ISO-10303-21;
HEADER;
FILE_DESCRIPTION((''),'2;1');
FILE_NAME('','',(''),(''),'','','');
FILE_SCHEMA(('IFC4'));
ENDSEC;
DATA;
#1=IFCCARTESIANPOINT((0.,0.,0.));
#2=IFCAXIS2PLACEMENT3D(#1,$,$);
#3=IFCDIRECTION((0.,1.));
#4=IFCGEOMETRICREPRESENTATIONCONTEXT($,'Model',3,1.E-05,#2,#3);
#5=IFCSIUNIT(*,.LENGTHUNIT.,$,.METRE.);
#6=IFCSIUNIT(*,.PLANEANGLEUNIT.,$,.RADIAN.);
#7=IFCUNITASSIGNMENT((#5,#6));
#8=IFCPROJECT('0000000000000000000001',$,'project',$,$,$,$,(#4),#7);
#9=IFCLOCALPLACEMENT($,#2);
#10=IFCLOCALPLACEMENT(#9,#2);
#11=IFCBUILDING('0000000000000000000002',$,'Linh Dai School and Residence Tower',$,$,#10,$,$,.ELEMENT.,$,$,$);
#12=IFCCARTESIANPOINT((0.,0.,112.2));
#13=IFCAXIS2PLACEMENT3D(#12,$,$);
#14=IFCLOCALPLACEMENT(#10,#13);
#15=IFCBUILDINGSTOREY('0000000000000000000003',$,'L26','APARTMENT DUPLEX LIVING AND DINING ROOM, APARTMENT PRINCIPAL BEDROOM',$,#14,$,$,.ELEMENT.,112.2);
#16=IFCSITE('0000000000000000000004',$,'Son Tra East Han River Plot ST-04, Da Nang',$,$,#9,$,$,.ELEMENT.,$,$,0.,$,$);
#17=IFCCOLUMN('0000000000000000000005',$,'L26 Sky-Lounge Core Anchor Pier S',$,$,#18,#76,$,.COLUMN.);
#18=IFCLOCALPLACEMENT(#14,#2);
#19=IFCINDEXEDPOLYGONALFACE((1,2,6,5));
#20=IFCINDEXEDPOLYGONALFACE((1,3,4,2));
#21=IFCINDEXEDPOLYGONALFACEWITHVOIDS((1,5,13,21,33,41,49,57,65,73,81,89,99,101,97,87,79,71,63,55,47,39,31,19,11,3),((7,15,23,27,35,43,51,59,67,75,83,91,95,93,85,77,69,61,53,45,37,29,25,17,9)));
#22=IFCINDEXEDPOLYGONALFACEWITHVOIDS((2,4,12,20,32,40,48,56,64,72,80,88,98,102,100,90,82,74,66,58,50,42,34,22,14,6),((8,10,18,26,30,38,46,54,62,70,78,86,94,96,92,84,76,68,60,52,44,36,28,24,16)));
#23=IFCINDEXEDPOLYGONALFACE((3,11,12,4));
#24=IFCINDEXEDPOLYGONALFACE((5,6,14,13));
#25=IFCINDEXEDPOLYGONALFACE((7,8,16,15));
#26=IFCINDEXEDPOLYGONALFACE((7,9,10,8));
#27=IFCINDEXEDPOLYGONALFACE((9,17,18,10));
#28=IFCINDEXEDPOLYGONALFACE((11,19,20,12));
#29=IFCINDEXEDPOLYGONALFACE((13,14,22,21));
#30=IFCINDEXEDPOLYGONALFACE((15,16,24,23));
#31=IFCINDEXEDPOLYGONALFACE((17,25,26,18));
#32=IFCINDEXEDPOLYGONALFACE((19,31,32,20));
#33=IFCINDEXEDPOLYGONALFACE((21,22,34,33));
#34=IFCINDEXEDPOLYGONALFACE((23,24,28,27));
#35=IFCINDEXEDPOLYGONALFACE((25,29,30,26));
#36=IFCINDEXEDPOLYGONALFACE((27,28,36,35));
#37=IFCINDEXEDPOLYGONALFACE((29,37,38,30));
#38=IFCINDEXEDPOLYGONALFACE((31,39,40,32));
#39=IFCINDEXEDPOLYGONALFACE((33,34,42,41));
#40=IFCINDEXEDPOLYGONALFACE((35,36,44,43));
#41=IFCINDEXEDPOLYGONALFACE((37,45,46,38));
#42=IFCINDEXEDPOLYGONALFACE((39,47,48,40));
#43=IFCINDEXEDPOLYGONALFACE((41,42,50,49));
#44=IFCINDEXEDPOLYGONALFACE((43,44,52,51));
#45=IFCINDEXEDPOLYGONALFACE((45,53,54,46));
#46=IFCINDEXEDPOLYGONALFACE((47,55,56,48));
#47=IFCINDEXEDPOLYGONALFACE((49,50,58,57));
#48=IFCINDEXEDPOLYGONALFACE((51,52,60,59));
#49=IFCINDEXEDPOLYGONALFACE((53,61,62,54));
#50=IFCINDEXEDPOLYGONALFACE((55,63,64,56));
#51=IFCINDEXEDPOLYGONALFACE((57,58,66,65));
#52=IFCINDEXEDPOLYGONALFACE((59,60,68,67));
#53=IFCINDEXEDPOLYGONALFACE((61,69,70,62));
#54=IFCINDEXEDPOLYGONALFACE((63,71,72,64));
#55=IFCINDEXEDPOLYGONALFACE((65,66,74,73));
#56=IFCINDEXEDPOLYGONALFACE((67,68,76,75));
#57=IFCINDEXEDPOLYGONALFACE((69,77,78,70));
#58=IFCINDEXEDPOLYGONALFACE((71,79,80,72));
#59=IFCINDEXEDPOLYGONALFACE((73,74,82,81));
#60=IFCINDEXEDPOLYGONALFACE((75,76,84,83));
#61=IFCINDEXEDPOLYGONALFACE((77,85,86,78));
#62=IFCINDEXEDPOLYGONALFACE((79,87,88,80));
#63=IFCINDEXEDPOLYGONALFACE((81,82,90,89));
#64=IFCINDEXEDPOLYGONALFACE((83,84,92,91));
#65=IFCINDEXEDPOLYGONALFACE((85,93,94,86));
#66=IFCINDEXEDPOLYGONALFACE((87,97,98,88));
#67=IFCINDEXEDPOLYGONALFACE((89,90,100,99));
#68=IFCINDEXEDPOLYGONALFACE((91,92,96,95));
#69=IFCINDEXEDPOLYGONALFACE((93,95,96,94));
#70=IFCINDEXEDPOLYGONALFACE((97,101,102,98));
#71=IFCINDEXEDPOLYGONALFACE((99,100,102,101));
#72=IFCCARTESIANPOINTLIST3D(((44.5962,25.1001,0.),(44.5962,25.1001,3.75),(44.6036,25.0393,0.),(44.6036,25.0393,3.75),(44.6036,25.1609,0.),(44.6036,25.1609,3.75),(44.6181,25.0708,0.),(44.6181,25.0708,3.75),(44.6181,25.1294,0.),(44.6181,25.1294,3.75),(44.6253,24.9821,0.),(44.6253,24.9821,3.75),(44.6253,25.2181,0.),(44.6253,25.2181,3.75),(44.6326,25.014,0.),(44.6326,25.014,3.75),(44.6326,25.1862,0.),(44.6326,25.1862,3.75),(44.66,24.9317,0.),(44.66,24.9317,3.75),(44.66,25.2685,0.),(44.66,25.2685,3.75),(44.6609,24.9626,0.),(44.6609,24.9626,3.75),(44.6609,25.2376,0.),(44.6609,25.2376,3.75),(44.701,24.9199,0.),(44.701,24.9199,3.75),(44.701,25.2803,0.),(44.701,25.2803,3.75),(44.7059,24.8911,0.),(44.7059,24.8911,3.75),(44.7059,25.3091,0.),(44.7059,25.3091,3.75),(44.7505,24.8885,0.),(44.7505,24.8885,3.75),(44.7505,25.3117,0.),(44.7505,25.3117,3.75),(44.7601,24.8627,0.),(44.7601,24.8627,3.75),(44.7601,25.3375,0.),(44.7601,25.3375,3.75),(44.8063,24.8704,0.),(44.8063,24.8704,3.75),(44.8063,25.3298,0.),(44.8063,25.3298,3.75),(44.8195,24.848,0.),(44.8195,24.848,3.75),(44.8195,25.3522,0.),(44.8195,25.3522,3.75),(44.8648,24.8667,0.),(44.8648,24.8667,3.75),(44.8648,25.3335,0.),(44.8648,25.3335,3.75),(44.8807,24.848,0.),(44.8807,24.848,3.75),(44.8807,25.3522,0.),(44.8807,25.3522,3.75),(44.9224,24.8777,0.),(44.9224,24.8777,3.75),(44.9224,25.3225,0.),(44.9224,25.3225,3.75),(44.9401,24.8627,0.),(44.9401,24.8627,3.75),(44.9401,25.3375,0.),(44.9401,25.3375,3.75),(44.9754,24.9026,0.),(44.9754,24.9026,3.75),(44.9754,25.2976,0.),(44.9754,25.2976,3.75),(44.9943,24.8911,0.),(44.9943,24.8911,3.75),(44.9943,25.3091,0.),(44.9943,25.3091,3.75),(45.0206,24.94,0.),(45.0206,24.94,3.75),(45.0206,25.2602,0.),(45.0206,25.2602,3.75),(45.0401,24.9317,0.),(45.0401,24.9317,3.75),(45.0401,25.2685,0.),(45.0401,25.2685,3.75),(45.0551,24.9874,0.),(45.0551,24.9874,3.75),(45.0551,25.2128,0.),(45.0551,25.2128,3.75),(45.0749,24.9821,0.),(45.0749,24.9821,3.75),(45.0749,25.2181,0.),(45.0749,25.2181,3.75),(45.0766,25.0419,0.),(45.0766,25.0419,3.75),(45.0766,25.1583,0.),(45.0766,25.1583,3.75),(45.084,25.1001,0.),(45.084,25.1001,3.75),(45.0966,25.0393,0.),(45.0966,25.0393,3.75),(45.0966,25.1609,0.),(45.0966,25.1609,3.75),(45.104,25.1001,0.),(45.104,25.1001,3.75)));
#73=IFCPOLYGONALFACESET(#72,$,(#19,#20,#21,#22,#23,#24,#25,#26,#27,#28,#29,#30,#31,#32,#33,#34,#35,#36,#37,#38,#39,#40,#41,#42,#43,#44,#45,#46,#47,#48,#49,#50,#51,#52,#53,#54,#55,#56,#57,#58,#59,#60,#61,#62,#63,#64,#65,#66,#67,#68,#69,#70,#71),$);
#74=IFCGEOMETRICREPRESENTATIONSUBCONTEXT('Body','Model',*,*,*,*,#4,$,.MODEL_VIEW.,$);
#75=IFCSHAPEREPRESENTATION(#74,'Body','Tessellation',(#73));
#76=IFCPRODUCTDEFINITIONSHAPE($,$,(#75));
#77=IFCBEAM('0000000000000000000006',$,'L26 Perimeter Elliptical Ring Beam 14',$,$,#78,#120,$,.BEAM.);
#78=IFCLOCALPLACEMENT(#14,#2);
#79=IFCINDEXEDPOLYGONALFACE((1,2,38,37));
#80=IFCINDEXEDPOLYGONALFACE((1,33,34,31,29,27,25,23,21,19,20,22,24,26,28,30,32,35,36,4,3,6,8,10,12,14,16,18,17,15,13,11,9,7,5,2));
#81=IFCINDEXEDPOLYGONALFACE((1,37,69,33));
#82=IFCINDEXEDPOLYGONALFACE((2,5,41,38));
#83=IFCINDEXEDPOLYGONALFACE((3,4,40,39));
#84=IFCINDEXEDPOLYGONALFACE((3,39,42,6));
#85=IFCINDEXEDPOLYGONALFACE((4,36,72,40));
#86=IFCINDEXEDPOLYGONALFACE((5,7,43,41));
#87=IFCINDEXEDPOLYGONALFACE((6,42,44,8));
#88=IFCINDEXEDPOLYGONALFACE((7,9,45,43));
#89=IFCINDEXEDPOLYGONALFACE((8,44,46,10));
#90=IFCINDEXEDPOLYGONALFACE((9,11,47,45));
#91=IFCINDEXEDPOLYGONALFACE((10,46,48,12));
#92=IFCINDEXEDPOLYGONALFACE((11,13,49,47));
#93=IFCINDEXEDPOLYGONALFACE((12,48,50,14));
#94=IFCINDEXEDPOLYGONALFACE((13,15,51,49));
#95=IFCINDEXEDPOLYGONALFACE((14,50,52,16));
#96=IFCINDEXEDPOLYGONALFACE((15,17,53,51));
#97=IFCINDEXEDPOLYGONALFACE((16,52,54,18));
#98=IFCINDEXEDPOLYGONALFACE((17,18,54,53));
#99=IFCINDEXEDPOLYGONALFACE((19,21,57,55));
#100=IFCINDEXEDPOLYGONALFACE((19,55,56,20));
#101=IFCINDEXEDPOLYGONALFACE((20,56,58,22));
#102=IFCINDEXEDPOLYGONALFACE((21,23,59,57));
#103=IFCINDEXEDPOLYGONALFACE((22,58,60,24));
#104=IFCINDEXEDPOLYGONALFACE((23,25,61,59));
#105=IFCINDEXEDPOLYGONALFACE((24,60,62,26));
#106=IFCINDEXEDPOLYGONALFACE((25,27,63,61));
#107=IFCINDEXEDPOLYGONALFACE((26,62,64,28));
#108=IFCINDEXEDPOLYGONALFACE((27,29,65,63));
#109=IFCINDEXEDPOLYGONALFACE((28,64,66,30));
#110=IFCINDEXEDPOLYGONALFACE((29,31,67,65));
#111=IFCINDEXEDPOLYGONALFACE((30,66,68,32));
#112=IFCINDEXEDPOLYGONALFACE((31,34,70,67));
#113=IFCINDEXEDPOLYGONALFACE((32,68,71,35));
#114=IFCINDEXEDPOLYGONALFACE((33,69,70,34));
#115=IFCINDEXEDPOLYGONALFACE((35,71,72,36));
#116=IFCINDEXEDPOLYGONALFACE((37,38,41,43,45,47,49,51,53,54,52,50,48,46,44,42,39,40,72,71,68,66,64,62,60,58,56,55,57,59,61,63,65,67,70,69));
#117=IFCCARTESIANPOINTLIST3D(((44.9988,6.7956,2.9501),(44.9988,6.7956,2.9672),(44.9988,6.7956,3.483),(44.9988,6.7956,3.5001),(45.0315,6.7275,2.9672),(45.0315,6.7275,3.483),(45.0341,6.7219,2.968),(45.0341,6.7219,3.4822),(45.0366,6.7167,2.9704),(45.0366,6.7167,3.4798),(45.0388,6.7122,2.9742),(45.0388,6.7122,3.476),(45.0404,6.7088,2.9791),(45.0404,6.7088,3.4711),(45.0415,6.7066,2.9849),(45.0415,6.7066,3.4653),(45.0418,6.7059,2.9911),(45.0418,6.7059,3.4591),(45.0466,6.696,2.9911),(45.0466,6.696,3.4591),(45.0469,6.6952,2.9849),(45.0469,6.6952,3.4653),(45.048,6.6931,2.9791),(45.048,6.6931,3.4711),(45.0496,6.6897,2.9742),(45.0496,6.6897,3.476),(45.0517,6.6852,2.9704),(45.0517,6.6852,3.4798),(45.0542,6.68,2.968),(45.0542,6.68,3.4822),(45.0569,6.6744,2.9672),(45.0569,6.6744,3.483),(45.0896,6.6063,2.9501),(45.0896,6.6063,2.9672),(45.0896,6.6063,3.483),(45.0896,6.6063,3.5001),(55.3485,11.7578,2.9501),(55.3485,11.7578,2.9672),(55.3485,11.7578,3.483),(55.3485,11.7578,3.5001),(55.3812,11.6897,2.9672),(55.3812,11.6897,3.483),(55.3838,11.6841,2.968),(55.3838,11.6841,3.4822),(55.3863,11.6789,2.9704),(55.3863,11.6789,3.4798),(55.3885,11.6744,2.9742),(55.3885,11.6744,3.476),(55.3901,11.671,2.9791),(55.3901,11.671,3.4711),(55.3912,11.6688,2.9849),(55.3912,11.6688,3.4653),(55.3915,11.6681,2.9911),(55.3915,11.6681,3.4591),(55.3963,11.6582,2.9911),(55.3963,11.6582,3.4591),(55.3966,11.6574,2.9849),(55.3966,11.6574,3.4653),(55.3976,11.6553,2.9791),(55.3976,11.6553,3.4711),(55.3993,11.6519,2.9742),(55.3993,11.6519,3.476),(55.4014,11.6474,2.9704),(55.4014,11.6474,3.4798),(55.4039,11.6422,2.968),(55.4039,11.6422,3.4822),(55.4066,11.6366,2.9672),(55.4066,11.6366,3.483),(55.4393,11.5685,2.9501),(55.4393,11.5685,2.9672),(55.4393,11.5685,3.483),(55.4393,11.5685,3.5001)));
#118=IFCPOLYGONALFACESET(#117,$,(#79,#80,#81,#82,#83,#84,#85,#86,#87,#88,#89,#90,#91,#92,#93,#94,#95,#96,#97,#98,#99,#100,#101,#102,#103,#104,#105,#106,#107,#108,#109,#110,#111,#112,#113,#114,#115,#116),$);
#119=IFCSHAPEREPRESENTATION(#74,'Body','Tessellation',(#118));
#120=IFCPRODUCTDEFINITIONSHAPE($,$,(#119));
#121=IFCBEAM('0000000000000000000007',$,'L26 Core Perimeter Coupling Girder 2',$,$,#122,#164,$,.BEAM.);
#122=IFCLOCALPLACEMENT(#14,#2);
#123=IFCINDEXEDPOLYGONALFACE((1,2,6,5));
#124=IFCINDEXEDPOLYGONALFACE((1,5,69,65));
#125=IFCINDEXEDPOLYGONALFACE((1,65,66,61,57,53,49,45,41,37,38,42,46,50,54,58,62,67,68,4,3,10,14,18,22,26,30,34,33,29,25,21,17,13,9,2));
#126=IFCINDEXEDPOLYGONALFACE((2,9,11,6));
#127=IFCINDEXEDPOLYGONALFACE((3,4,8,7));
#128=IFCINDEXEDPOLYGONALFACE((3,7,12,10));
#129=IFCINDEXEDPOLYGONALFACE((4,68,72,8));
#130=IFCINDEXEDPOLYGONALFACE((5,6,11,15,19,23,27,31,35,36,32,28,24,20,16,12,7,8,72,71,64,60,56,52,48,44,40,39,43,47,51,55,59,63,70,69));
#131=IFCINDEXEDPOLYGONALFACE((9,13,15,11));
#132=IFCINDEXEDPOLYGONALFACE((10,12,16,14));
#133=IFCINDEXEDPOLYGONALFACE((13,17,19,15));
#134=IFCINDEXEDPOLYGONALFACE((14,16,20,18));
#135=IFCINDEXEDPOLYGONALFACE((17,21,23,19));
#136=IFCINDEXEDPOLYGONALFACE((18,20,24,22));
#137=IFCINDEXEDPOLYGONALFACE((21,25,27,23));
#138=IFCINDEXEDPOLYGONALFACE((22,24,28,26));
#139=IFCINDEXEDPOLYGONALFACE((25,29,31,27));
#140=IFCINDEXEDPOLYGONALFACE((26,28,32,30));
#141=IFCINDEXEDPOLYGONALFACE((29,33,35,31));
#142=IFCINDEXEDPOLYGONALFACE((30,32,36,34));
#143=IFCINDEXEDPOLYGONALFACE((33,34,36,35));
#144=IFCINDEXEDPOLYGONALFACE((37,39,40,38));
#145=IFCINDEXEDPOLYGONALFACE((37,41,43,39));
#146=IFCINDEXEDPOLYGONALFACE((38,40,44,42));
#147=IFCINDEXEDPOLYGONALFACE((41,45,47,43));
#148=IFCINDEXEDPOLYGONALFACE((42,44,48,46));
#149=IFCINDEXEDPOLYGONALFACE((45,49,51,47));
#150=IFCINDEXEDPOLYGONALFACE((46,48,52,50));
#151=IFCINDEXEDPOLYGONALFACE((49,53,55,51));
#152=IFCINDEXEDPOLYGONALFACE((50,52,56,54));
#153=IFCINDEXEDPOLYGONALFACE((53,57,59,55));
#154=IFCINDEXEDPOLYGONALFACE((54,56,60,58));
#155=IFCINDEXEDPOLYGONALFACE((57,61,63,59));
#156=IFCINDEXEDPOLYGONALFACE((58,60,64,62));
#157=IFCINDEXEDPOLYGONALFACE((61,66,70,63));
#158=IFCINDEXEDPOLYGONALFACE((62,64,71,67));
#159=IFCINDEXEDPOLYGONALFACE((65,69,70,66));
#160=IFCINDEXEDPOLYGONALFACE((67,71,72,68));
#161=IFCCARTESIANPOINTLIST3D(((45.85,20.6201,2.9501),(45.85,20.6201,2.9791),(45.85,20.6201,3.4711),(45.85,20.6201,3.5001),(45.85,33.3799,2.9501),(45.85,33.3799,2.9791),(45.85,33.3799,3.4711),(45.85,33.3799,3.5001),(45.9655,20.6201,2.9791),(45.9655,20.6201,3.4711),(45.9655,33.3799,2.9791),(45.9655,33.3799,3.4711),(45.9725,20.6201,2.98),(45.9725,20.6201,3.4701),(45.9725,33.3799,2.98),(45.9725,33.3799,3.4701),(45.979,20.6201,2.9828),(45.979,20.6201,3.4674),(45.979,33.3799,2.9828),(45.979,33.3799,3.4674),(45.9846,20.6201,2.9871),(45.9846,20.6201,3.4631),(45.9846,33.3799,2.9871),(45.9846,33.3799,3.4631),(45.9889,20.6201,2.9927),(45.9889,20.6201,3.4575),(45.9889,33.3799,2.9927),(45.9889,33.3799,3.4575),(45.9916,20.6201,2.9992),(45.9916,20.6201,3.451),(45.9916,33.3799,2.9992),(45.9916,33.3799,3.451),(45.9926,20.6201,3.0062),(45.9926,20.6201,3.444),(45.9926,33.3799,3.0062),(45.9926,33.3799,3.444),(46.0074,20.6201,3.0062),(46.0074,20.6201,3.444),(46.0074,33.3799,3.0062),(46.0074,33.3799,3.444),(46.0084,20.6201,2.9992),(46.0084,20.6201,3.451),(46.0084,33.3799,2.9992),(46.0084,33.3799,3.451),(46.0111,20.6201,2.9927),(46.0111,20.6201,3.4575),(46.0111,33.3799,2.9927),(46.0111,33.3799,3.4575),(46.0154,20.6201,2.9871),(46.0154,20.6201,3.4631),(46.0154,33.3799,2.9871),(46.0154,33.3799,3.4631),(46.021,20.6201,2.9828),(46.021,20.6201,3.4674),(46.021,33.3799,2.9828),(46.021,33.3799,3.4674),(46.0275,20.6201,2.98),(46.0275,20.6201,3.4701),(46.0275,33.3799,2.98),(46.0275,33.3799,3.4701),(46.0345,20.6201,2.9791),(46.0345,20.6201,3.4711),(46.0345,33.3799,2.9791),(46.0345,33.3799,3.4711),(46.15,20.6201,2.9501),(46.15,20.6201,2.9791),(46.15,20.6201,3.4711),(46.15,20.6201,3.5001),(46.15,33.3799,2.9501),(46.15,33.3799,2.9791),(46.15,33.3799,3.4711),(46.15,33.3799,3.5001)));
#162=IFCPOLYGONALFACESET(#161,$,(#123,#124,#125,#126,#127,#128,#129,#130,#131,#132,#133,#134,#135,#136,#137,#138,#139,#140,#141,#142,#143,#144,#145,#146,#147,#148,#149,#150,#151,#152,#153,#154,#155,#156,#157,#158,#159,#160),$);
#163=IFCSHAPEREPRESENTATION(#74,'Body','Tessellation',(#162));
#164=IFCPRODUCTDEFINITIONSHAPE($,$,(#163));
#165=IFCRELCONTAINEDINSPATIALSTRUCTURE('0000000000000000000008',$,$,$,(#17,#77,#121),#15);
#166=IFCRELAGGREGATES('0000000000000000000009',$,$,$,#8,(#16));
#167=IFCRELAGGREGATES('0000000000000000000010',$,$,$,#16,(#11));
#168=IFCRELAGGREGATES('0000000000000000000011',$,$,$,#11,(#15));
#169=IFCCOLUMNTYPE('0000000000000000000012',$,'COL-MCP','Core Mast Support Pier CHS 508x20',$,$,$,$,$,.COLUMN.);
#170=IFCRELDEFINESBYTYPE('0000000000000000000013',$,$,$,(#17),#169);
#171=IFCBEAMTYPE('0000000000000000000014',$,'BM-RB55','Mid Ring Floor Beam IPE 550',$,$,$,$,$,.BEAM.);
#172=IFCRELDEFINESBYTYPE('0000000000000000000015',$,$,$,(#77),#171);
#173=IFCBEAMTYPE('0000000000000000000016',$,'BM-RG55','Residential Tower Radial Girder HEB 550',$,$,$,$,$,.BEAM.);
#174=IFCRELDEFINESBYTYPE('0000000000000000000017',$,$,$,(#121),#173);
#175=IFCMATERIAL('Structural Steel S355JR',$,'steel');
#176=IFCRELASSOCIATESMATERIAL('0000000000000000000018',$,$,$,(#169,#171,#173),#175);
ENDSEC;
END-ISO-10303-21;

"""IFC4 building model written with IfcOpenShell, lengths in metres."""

from ifc_helpers import new_model, si_unit, direction, frame, origin, origin_2d, place, context, subcontext, project, spatial, hollow_circle, i_section, extrude, material, material_profile, profile_set, type_object, element, save


model = new_model("IFC4")

# Units and contexts
model_context = context("Model", 3, precision=1e-05, world=origin(), true_north=direction((0.0, 1.0)))
body_context = subcontext(model_context, "Body", "Model", "MODEL_VIEW")
ifc_project = project(units=[si_unit("LENGTHUNIT", "METRE"), si_unit("PLANEANGLEUNIT", "RADIAN")], contexts=[model_context])

# Site, building, storey
site_placement = place(None, origin())
site = spatial("IfcSite", under=ifc_project, at=site_placement, Name="Son Tra East Han River Plot ST-04, Da Nang", CompositionType="ELEMENT", RefElevation=0.0)
building_placement = place(site_placement, origin())
building = spatial("IfcBuilding", under=site, at=building_placement, Name="Linh Dai School and Residence Tower", CompositionType="ELEMENT")
storey_placement = place(building_placement, frame((0.0, 0.0, 112.2)))
storey = spatial("IfcBuildingStorey", under=building, at=storey_placement, Name="L26", Description="APARTMENT DUPLEX LIVING AND DINING ROOM, APARTMENT PRINCIPAL BEDROOM", CompositionType="ELEMENT", Elevation=112.2)

# Column
ifc_material_1 = material(Name="Structural Steel S355JR", Category="steel")
ifc_material_profile_1 = material_profile(ifc_material_1, hollow_circle(Radius=0.2539, WallThickness=0.02, at=origin_2d()), Name="CHS 508x20")
ifc_profile_set_1 = profile_set([ifc_material_profile_1], Name="Structural Steel S355JR")
column_type_1 = type_object("IfcColumnType", Name="COL-MCP", Description="Core Mast Support Pier CHS 508x20", PredefinedType="COLUMN", material=ifc_profile_set_1)
column_1_placement = place(storey_placement, frame((44.8501, 25.1001, 0.0), z_axis=(0.0, 0.0, 1.0), x_axis=(1.0, 0.0, 0.0)))
element("IfcColumn", 1, at=column_1_placement, inside=storey, type_object=column_type_1, Name="L26 Sky-Lounge Core Anchor Pier S", PredefinedType="COLUMN", context=body_context, shape_type="SweptSolid", body=[
    extrude(hollow_circle(Radius=0.2539, WallThickness=0.02, at=origin_2d()), origin(), (0.0, 0.0, 1.0), 3.75),
])

# Beams
ifc_material_profile_2 = material_profile(ifc_material_1, i_section(OverallWidth=0.21, OverallDepth=0.55, WebThickness=0.011, FlangeThickness=0.0171, FilletRadius=0.0239, at=origin_2d()), Name="IPE 550")
ifc_profile_set_2 = profile_set([ifc_material_profile_2], Name="Structural Steel S355JR")
beam_type_1 = type_object("IfcBeamType", Name="BM-RB55", Description="Mid Ring Floor Beam IPE 550", PredefinedType="BEAM", material=ifc_profile_set_2)
beam_1_placement = place(storey_placement, frame((45.0442, 6.7009, 3.2251), z_axis=(0.901715, 0.432331, 0.0), x_axis=(-0.432331, 0.901715, 0.0)))
element("IfcBeam", 2, at=beam_1_placement, inside=storey, type_object=beam_type_1, Name="L26 Perimeter Elliptical Ring Beam 14", PredefinedType="BEAM", context=body_context, shape_type="SweptSolid", body=[
    extrude(i_section(OverallWidth=0.21, OverallDepth=0.55, WebThickness=0.011, FlangeThickness=0.0171, FilletRadius=0.0239, at=origin_2d()), origin(), (0.0, 0.0, 1.0), 11.4778),
])
ifc_material_profile_3 = material_profile(ifc_material_1, i_section(OverallWidth=0.3, OverallDepth=0.55, WebThickness=0.0149, FlangeThickness=0.0291, FilletRadius=0.0271, at=origin_2d()), Name="HEB 550")
ifc_profile_set_3 = profile_set([ifc_material_profile_3], Name="Structural Steel S355JR")
beam_type_2 = type_object("IfcBeamType", Name="BM-RG55", Description="Residential Tower Radial Girder HEB 550", PredefinedType="BEAM", material=ifc_profile_set_3)
beam_2_placement = place(storey_placement, frame((46.0, 20.6201, 3.2251), z_axis=(0.0, 1.0, 0.0), x_axis=(-1.0, 0.0, 0.0)))
element("IfcBeam", 3, at=beam_2_placement, inside=storey, type_object=beam_type_2, Name="L26 Core Perimeter Coupling Girder 2", PredefinedType="BEAM", context=body_context, shape_type="SweptSolid", body=[
    extrude(i_section(OverallWidth=0.3, OverallDepth=0.55, WebThickness=0.0149, FlangeThickness=0.0291, FilletRadius=0.0271, at=origin_2d()), origin(), (0.0, 0.0, 1.0), 12.7598),
])

save(model, "model.ifc")
